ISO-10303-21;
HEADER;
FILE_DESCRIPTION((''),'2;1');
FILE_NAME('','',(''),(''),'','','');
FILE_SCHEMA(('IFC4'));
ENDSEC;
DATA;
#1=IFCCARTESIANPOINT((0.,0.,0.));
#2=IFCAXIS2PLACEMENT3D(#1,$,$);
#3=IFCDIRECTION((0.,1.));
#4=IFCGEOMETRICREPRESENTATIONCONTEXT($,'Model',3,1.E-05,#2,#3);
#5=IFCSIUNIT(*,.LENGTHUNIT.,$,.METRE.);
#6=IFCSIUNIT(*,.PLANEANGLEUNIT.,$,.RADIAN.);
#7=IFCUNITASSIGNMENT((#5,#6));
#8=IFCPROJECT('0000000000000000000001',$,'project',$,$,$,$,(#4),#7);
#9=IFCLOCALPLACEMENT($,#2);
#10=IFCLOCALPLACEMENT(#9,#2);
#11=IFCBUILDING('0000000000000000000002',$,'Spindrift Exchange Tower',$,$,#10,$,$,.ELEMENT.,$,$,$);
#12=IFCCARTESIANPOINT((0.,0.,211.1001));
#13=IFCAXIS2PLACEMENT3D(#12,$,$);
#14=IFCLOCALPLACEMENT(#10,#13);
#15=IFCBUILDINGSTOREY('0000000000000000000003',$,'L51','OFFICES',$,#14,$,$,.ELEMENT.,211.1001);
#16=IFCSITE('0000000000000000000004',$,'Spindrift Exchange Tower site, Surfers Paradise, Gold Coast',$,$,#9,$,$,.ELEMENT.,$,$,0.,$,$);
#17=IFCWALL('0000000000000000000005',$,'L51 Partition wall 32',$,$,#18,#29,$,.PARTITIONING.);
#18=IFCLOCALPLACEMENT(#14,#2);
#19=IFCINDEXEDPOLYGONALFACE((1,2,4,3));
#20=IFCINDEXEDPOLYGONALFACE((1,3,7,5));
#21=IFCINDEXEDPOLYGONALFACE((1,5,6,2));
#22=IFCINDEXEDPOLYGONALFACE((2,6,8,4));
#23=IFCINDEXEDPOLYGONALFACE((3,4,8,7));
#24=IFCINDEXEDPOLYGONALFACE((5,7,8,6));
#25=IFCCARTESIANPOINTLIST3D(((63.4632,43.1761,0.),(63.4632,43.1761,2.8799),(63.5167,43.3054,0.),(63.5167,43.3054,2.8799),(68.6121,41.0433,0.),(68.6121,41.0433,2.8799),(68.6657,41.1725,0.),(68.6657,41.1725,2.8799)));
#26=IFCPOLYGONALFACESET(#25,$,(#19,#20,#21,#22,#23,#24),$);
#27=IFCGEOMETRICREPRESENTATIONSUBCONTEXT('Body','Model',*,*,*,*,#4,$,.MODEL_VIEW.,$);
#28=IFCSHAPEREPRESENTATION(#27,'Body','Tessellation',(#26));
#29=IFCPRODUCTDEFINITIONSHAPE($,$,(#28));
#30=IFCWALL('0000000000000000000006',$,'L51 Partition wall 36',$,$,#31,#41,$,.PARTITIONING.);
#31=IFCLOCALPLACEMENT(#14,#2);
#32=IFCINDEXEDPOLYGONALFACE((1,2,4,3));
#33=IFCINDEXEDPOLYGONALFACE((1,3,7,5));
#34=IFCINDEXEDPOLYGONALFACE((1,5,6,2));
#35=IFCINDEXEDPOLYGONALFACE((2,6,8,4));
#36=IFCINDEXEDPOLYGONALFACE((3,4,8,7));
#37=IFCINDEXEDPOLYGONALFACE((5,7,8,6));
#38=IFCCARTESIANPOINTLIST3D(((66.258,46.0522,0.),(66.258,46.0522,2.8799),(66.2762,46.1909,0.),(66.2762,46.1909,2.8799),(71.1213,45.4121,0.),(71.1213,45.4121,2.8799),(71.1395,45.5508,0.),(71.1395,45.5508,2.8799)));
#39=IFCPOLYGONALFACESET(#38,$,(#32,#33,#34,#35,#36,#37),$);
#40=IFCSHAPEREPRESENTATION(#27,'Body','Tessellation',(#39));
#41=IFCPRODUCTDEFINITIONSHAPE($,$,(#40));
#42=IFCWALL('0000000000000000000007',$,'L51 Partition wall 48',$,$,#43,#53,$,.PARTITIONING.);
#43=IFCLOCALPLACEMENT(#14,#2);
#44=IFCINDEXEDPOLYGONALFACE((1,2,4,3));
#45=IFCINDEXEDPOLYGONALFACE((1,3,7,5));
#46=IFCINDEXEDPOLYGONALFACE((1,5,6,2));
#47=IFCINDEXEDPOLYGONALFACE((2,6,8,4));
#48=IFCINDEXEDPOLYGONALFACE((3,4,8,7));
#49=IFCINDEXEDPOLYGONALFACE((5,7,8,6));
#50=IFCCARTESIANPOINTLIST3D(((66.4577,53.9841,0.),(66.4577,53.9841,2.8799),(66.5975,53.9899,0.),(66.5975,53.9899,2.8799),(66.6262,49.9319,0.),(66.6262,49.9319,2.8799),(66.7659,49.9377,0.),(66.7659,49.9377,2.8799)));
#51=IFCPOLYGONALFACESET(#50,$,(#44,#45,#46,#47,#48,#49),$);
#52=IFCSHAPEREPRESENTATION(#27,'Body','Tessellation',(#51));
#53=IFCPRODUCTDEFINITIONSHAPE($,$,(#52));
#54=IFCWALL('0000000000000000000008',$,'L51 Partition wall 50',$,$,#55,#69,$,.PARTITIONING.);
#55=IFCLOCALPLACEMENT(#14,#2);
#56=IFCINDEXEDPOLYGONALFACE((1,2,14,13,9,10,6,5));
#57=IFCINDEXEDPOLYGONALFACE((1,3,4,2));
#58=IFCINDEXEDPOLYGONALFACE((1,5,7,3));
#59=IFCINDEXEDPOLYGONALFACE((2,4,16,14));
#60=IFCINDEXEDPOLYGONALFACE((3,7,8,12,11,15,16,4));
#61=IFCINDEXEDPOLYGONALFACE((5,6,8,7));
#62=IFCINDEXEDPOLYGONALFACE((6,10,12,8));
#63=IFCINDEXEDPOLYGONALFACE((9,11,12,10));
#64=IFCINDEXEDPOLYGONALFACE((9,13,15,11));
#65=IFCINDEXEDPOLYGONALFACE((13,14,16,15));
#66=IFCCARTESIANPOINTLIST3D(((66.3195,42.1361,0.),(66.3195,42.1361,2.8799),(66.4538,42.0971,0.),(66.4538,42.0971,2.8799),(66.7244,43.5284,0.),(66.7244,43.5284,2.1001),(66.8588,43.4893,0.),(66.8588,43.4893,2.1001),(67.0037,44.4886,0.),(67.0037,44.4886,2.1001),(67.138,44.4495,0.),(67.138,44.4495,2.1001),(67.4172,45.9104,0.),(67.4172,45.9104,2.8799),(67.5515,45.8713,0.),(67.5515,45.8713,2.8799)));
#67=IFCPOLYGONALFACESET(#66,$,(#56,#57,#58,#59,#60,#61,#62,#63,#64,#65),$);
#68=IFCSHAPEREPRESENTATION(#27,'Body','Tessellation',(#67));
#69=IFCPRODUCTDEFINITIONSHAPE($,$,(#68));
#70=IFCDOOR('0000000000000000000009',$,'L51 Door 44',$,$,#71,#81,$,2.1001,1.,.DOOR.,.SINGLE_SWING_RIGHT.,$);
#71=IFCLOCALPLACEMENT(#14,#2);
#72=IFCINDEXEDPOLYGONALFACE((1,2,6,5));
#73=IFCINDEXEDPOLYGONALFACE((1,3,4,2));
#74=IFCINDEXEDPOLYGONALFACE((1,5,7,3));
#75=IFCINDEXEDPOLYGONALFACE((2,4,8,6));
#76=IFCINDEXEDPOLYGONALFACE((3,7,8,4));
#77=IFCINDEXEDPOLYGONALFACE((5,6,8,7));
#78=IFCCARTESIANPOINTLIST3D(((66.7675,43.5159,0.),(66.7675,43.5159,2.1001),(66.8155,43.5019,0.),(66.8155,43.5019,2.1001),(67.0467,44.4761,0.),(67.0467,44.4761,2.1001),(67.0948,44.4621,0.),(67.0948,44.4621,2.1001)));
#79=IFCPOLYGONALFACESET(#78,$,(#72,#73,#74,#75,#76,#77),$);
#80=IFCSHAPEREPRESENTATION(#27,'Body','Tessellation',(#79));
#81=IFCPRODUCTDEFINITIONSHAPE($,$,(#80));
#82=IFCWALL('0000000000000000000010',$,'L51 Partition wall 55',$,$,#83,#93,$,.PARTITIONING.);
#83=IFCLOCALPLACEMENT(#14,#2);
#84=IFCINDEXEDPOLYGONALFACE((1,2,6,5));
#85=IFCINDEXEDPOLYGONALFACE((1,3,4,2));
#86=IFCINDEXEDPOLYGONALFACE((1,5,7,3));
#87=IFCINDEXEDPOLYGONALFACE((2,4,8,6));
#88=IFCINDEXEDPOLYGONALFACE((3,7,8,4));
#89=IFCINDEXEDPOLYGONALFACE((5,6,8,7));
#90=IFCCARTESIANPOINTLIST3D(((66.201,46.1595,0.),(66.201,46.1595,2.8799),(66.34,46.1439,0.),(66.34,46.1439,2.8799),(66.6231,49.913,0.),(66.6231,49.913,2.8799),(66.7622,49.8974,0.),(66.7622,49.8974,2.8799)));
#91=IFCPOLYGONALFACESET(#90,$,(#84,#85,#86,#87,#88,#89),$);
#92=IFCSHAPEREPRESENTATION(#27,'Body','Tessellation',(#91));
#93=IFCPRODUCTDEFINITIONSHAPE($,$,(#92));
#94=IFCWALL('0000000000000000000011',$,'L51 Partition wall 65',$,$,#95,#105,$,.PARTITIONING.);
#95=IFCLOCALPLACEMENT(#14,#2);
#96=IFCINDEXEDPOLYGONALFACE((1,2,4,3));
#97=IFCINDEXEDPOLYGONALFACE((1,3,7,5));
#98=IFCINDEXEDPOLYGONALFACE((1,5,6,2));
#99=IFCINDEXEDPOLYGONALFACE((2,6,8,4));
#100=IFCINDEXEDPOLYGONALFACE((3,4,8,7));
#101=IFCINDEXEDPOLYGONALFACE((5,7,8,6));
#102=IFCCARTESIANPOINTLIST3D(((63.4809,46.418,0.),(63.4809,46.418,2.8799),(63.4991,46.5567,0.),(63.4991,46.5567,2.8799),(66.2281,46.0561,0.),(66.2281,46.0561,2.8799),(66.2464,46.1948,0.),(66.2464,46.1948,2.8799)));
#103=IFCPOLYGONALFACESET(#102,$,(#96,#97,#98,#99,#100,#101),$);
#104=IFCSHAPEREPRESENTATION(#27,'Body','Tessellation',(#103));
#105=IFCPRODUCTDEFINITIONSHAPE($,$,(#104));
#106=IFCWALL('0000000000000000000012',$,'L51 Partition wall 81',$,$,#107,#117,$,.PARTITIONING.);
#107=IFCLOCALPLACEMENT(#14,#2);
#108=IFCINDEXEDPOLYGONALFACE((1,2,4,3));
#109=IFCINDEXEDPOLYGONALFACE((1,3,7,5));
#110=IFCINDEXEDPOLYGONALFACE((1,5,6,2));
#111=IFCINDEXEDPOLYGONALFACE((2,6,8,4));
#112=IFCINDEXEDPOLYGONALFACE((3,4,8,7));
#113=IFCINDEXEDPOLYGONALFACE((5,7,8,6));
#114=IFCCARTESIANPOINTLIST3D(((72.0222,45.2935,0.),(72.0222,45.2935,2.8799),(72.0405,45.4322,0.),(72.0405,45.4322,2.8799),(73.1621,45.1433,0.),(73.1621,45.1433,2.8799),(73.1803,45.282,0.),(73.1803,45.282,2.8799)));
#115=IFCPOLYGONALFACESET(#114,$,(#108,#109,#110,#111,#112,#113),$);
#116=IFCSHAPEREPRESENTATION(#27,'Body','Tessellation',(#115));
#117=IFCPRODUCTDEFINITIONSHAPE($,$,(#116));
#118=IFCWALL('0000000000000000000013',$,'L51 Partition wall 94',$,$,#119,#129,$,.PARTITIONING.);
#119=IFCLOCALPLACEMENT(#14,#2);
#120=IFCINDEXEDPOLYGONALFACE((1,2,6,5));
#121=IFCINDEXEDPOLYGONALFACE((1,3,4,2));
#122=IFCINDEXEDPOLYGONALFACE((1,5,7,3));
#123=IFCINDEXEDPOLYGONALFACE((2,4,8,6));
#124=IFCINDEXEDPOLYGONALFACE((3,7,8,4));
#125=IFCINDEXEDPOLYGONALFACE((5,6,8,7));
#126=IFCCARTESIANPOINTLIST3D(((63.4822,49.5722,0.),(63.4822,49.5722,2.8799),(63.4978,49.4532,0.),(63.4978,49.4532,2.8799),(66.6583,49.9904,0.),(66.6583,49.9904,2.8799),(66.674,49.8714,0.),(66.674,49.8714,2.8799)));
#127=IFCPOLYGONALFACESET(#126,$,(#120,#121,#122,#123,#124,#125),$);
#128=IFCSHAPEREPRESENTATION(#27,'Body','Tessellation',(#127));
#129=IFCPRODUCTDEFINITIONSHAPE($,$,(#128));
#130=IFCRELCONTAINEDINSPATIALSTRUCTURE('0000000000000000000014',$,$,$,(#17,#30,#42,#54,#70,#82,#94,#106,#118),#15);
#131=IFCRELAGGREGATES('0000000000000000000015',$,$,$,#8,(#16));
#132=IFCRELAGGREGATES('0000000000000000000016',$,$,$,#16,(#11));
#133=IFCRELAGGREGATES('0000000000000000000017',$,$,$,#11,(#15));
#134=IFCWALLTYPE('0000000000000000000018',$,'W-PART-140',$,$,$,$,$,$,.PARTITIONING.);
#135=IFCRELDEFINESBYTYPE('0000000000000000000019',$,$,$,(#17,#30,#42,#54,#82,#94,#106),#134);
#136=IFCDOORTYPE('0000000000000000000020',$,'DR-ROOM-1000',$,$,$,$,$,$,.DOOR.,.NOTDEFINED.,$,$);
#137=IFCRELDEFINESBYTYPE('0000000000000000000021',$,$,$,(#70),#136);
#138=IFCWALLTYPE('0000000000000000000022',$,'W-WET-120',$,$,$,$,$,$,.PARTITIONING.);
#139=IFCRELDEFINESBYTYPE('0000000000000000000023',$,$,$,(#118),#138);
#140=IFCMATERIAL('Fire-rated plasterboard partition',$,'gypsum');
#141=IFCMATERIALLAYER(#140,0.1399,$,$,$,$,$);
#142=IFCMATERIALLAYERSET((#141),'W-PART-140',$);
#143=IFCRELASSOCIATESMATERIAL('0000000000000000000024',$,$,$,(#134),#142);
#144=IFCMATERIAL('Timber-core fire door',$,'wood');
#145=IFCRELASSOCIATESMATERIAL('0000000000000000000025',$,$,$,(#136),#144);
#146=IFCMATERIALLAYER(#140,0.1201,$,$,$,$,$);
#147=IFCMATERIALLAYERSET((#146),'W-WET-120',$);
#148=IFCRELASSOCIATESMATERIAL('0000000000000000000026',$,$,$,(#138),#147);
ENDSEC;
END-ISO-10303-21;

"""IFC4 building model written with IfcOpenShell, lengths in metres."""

from ifc_helpers import new_model, si_unit, direction, frame, frame_2d, origin, place, context, subcontext, project, spatial, rectangle, extrude, source, transform, mapped, material, layer, layer_set, type_object, element, fill, save


model = new_model("IFC4")

# Units and contexts
model_context = context("Model", 3, precision=1e-05, world=origin(), true_north=direction((0.0, 1.0)))
body_context = subcontext(model_context, "Body", "Model", "MODEL_VIEW")
ifc_project = project(units=[si_unit("LENGTHUNIT", "METRE"), si_unit("PLANEANGLEUNIT", "RADIAN")], contexts=[model_context])

# Site, building, storey
site_placement = place(None, origin())
site = spatial("IfcSite", under=ifc_project, at=site_placement, Name="Spindrift Exchange Tower site, Surfers Paradise, Gold Coast", CompositionType="ELEMENT", RefElevation=0.0)
building_placement = place(site_placement, origin())
building = spatial("IfcBuilding", under=site, at=building_placement, Name="Spindrift Exchange Tower", CompositionType="ELEMENT")
storey_placement = place(building_placement, frame((0.0, 0.0, 211.1001)))
storey = spatial("IfcBuildingStorey", under=building, at=storey_placement, Name="L51", Description="OFFICES", CompositionType="ELEMENT", Elevation=211.1001)

# Walls
ifc_material_1 = material(Name="Fire-rated plasterboard partition", Category="gypsum")
ifc_layer_1 = layer(ifc_material_1, 0.1399)
ifc_layer_set_1 = layer_set([ifc_layer_1], Name="W-PART-140")
wall_type_1 = type_object("IfcWallType", Name="W-PART-140", PredefinedType="PARTITIONING", material=ifc_layer_set_1)
wall_1_placement = place(storey_placement, frame((68.6389, 41.1079, 0.0), z_axis=(0.0, 0.0, 1.0), x_axis=(-0.923876, 0.382692, 0.0)))
element("IfcWall", 1, at=wall_1_placement, inside=storey, type_object=wall_type_1, Name="L51 Partition wall 32", PredefinedType="PARTITIONING", context=body_context, shape_type="SweptSolid", body=[
    extrude(rectangle(XDim=5.5732, YDim=0.1399, at=frame_2d((2.7866, 0.0))), origin(), (0.0, 0.0, 1.0), 2.8799),
])
wall_2_placement = place(storey_placement, frame((66.2671, 46.1216, 0.0), z_axis=(0.0, 0.0, 1.0), x_axis=(0.991448, -0.130501, 0.0)))
element("IfcWall", 2, at=wall_2_placement, inside=storey, type_object=wall_type_1, Name="L51 Partition wall 36", PredefinedType="PARTITIONING", context=body_context, shape_type="SweptSolid", body=[
    extrude(rectangle(XDim=4.9053, YDim=0.1399, at=frame_2d((2.4526, 0.0))), origin(), (0.0, 0.0, 1.0), 2.8799),
])
wall_3_placement = place(storey_placement, frame((66.696, 49.9348, 0.0), z_axis=(0.0, 0.0, 1.0), x_axis=(-0.041535, 0.999137, 0.0)))
element("IfcWall", 3, at=wall_3_placement, inside=storey, type_object=wall_type_1, Name="L51 Partition wall 48", PredefinedType="PARTITIONING", context=body_context, shape_type="SweptSolid", body=[
    extrude(rectangle(XDim=4.0557, YDim=0.1399, at=frame_2d((2.0278, 0.0))), origin(), (0.0, 0.0, 1.0), 2.8799),
])

# Wall, opening, door
wall_4_placement = place(storey_placement, frame((67.4844, 45.8909, 0.0), z_axis=(0.0, 0.0, 1.0), x_axis=(-0.279263, -0.960215, 0.0)))
wall_4 = element("IfcWall", 4, at=wall_4_placement, inside=storey, type_object=wall_type_1, Name="L51 Partition wall 50", PredefinedType="PARTITIONING", context=body_context, shape_type="SweptSolid", body=[
    extrude(rectangle(XDim=3.9307, YDim=0.1399, at=frame_2d((1.9653, 0.0))), origin(), (0.0, 0.0, 1.0), 2.8799),
])
opening_placement = place(wall_4_placement, frame((1.4807, 0.0, 0.0)))
opening = element("IfcOpeningElement", 5, at=opening_placement, cuts=wall_4, PredefinedType="OPENING", context=body_context, shape_type="SweptSolid", body=[
    extrude(rectangle(XDim=1.0, YDim=2.1001, at=frame_2d((0.5, 1.05))), frame((0.0, 0.0798, 0.0), z_axis=(0.0, -1.0, 0.0), x_axis=(1.0, 0.0, 0.0)), (0.0, 0.0, 1.0), 0.1599),
])
ifc_material_2 = material(Name="Timber-core fire door", Category="wood")
door_type = type_object("IfcDoorType", Name="DR-ROOM-1000", OperationType="NOTDEFINED", PredefinedType="DOOR", material=ifc_material_2)
shared_shape_1 = source(origin(), body_context, "Body", "SweptSolid", [
    extrude(rectangle(XDim=1.0, YDim=2.1001, at=frame_2d((0.5, 1.05))), frame((0.0, 0.0249, 0.0), z_axis=(0.0, -1.0, 0.0), x_axis=(1.0, 0.0, 0.0)), (0.0, 0.0, 1.0), 0.05),
])
door_placement = place(opening_placement, origin())
door = element("IfcDoor", 6, at=door_placement, inside=storey, type_object=door_type, Name="L51 Door 44", OperationType="SINGLE_SWING_RIGHT", OverallHeight=2.1001, OverallWidth=1.0, PredefinedType="DOOR", context=body_context, shape_type="MappedRepresentation", body=[
    mapped(shared_shape_1, transform((0.0, 0.0, 0.0), scale=1.0)),
])
fill(opening, door)

# Walls
wall_5_placement = place(storey_placement, frame((66.2705, 46.1516, 0.0), z_axis=(0.0, 0.0, 1.0), x_axis=(0.111758, 0.993735, 0.0)))
element("IfcWall", 7, at=wall_5_placement, inside=storey, type_object=wall_type_1, Name="L51 Partition wall 55", PredefinedType="PARTITIONING", context=body_context, shape_type="SweptSolid", body=[
    extrude(rectangle(XDim=3.7771, YDim=0.1399, at=frame_2d((1.8887, 0.0))), origin(), (0.0, 0.0, 1.0), 2.8799),
])
wall_6_placement = place(storey_placement, frame((63.49, 46.4873, 0.0), z_axis=(0.0, 0.0, 1.0), x_axis=(0.991439, -0.130571, 0.0)))
element("IfcWall", 8, at=wall_6_placement, inside=storey, type_object=wall_type_1, Name="L51 Partition wall 65", PredefinedType="PARTITIONING", context=body_context, shape_type="SweptSolid", body=[
    extrude(rectangle(XDim=2.771, YDim=0.1399, at=frame_2d((1.3855, 0.0))), origin(), (0.0, 0.0, 1.0), 2.8799),
])
wall_7_placement = place(storey_placement, frame((72.0315, 45.3628, 0.0), z_axis=(0.0, 0.0, 1.0), x_axis=(0.991436, -0.130592, 0.0)))
element("IfcWall", 9, at=wall_7_placement, inside=storey, type_object=wall_type_1, Name="L51 Partition wall 81", PredefinedType="PARTITIONING", context=body_context, shape_type="SweptSolid", body=[
    extrude(rectangle(XDim=1.1497, YDim=0.1399, at=frame_2d((0.5747, 0.0))), origin(), (0.0, 0.0, 1.0), 2.8799),
])
ifc_layer_2 = layer(ifc_material_1, 0.1201)
ifc_layer_set_2 = layer_set([ifc_layer_2], Name="W-WET-120")
wall_type_2 = type_object("IfcWallType", Name="W-WET-120", PredefinedType="PARTITIONING", material=ifc_layer_set_2)
wall_8_placement = place(storey_placement, frame((63.49, 49.5127, 0.0), z_axis=(0.0, 0.0, 1.0), x_axis=(0.991443, 0.130541, 0.0)))
element("IfcWall", 10, at=wall_8_placement, inside=storey, type_object=wall_type_2, Name="L51 Partition wall 94", PredefinedType="PARTITIONING", context=body_context, shape_type="SweptSolid", body=[
    extrude(rectangle(XDim=3.2036, YDim=0.1201, at=frame_2d((1.6018, 0.0))), origin(), (0.0, 0.0, 1.0), 2.8799),
])

save(model, "model.ifc")
